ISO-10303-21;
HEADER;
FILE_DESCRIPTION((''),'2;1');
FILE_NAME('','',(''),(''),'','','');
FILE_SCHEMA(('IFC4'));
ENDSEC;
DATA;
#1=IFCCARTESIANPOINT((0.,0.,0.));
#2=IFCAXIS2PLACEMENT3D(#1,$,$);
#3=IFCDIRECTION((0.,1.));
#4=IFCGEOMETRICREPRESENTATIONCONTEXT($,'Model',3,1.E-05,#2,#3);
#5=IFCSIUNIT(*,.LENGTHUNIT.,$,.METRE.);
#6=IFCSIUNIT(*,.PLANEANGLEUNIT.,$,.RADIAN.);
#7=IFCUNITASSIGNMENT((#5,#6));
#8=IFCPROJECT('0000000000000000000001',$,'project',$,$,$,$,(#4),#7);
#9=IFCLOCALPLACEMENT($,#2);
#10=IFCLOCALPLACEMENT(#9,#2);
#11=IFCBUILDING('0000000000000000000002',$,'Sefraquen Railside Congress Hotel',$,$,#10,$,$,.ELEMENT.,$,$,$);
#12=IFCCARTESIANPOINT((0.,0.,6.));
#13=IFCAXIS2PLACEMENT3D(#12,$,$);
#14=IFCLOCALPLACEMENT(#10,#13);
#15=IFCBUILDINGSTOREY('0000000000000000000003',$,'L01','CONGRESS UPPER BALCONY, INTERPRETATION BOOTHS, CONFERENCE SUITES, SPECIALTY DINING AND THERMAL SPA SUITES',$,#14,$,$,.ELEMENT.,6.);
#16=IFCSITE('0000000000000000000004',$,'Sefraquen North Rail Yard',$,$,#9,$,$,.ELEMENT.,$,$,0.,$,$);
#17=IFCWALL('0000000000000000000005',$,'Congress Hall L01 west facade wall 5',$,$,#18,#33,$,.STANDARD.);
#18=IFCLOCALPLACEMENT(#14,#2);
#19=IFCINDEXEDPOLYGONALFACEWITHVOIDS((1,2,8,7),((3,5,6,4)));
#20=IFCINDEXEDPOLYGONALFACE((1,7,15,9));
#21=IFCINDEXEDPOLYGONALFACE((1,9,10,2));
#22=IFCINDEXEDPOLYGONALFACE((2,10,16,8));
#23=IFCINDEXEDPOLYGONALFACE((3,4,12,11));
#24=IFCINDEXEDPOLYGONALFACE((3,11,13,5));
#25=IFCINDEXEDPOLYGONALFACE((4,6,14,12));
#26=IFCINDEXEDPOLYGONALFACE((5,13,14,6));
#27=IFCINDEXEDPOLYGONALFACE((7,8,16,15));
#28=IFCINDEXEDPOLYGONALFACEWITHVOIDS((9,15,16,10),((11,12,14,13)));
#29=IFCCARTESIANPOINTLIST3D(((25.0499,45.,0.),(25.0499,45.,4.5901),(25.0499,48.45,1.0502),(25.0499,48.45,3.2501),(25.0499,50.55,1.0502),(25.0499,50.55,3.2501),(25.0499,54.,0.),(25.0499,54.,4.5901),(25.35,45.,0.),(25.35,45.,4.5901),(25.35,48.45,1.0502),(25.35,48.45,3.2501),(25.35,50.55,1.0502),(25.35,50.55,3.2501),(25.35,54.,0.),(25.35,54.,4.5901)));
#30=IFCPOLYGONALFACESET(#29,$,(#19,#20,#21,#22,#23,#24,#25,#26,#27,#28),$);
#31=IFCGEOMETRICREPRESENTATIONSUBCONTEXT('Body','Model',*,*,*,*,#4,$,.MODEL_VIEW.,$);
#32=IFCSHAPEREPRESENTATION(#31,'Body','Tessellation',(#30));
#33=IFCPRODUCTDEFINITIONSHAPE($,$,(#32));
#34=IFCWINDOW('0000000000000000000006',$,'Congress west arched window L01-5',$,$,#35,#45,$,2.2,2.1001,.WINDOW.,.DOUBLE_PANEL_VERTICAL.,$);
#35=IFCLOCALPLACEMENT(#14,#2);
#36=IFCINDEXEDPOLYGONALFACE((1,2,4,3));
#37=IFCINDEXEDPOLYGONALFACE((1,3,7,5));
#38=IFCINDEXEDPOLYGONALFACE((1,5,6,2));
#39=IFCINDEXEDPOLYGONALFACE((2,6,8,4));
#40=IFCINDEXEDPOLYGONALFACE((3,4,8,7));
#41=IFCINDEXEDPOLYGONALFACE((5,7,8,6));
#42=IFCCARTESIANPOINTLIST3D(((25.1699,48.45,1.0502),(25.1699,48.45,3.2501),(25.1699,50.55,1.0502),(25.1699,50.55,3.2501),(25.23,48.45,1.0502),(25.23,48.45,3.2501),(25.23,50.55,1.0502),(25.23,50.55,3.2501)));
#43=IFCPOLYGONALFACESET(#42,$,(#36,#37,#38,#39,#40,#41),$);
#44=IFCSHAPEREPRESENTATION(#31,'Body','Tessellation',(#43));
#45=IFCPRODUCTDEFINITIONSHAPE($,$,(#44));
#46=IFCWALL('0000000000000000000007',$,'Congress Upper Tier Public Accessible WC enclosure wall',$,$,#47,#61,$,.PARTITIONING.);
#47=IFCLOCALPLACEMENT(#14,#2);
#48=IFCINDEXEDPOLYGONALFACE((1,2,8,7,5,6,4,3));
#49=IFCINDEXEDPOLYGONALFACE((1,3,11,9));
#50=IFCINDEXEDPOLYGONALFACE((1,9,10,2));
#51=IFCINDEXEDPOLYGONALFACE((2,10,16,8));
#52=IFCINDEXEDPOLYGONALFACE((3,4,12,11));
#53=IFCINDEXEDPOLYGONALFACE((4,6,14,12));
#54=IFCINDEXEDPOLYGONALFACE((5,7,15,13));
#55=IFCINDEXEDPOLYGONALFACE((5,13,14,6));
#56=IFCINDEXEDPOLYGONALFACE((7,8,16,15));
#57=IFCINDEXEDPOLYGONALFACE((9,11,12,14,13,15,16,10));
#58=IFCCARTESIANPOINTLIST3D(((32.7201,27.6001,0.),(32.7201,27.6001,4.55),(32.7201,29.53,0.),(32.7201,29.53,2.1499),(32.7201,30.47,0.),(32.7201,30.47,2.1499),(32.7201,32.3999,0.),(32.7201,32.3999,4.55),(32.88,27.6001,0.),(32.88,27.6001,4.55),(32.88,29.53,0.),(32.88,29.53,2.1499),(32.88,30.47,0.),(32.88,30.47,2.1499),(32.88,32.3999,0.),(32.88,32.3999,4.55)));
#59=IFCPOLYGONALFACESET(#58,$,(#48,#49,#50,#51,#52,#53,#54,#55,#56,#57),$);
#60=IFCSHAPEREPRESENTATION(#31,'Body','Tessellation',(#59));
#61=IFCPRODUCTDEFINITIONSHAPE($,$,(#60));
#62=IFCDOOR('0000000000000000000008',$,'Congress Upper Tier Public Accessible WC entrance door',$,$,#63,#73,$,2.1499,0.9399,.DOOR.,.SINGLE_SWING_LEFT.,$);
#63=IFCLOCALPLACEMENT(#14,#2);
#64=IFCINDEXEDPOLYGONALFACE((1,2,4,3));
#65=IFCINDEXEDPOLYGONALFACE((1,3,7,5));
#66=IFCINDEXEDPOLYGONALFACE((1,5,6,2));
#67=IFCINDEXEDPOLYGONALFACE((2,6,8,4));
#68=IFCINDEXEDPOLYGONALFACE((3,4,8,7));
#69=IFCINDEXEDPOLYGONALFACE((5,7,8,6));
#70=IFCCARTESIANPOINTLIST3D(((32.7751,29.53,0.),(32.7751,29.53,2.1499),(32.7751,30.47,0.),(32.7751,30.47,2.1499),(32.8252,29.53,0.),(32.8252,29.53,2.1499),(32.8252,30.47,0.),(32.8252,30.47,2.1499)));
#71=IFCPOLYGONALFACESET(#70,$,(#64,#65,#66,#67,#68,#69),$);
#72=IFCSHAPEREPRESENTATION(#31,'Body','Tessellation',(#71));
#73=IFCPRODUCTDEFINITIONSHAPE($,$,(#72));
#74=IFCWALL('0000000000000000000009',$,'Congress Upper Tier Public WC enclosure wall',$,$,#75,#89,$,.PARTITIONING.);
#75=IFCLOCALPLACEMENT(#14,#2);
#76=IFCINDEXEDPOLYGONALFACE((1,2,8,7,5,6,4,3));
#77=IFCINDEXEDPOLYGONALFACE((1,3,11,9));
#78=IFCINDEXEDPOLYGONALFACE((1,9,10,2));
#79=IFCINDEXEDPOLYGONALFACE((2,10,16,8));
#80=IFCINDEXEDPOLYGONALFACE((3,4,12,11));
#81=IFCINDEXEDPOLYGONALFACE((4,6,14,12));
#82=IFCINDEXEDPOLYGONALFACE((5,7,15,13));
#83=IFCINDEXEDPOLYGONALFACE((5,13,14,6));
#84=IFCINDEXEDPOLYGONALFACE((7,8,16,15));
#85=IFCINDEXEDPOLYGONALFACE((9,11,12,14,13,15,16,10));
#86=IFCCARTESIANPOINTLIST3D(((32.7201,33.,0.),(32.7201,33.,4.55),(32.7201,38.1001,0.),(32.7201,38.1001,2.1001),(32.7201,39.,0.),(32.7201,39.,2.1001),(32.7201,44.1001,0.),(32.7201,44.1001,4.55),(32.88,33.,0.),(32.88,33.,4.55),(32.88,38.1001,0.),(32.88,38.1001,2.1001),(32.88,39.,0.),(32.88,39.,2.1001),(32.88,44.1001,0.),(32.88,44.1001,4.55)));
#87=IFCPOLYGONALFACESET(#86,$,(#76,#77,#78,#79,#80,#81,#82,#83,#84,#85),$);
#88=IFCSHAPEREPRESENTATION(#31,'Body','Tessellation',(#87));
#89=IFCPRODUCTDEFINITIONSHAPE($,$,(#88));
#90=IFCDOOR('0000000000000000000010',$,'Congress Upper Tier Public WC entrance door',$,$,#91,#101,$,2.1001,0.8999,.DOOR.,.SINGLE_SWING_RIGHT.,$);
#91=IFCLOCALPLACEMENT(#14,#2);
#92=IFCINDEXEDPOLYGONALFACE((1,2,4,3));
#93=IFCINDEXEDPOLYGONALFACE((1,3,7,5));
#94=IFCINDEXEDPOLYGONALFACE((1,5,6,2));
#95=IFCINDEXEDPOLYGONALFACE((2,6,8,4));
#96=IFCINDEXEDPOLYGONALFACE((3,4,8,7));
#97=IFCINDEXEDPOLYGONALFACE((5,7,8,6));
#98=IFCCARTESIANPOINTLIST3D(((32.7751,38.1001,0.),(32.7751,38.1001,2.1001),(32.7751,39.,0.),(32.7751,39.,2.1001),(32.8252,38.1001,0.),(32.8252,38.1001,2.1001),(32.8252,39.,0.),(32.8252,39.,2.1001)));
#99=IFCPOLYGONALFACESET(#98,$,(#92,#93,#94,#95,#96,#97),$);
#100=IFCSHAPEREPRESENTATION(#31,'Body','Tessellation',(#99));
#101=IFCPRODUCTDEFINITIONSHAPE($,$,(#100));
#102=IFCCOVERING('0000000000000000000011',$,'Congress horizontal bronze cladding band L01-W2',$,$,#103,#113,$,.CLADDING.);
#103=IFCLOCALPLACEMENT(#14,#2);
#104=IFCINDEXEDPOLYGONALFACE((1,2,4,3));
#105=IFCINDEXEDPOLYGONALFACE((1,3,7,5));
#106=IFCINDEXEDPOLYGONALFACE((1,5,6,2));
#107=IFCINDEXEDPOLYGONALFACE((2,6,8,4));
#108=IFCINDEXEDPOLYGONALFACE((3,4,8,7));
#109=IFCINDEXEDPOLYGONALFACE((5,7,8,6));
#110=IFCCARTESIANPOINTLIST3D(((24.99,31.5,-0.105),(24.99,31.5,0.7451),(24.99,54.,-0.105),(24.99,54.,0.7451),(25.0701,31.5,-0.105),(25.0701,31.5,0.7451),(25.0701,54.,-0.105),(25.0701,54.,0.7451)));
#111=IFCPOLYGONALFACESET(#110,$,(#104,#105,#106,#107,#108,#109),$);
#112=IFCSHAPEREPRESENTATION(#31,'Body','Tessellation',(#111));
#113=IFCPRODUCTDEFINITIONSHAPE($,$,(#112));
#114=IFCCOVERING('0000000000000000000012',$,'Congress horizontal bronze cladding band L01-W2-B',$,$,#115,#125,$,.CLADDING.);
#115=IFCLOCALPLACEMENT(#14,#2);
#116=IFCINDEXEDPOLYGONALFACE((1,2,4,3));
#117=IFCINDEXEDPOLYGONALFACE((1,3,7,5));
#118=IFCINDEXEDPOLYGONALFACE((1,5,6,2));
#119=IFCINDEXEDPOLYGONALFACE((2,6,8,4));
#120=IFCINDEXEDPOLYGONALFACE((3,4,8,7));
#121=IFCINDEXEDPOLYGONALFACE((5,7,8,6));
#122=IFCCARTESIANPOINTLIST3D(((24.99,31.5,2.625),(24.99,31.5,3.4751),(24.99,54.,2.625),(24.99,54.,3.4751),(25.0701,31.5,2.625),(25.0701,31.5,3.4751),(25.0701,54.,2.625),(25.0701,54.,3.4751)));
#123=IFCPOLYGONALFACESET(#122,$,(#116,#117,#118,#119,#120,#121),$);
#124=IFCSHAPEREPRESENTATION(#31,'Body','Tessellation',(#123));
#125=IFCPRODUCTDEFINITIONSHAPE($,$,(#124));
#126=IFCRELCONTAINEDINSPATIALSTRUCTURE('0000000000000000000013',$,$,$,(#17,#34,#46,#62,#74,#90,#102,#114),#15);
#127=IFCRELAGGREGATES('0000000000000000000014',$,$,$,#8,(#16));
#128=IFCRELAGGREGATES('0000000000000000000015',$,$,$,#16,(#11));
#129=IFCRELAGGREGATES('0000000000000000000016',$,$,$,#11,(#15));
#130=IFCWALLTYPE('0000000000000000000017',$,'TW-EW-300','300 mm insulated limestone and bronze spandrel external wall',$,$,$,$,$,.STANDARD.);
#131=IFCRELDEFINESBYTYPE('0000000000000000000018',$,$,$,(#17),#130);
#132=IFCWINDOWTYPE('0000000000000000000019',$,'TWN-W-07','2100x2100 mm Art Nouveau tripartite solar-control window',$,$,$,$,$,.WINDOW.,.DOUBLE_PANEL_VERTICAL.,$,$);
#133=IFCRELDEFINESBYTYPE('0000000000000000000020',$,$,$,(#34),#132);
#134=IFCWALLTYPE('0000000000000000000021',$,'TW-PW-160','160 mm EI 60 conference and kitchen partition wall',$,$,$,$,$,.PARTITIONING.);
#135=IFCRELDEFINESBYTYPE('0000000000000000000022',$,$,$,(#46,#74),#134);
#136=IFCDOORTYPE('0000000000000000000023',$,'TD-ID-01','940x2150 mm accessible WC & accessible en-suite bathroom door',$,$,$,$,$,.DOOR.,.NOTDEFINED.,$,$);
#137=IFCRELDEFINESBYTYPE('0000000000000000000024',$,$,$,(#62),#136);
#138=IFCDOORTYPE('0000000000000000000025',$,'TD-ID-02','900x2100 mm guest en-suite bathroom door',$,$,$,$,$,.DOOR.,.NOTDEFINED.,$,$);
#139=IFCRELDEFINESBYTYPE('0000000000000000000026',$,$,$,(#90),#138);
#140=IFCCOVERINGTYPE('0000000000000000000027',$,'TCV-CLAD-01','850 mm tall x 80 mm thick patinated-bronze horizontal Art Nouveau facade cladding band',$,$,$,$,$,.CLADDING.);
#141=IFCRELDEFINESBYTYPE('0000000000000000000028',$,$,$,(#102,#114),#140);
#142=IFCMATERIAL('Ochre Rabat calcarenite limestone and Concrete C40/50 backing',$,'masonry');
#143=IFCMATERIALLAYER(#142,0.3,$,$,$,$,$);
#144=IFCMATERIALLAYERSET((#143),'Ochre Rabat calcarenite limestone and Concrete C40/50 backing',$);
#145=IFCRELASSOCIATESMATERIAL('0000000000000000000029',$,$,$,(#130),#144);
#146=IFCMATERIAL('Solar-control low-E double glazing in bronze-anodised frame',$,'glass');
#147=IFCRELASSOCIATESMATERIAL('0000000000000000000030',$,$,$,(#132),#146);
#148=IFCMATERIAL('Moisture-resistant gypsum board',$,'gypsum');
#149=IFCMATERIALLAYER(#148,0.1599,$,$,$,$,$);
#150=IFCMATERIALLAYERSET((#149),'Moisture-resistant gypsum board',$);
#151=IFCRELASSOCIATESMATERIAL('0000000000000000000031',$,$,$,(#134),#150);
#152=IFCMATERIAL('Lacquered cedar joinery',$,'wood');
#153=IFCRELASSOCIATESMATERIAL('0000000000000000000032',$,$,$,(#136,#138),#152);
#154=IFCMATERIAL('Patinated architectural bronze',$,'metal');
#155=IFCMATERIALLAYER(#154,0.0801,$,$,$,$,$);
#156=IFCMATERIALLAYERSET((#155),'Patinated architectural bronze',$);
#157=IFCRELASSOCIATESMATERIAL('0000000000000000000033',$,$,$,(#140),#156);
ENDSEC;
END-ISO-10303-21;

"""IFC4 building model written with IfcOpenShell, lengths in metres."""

from ifc_helpers import new_model, si_unit, direction, frame, frame_2d, origin, origin_2d, place, context, subcontext, project, spatial, rectangle, extrude, material, layer, layer_set, type_object, element, fill, save


model = new_model("IFC4")

# Units and contexts
model_context = context("Model", 3, precision=1e-05, world=origin(), true_north=direction((0.0, 1.0)))
body_context = subcontext(model_context, "Body", "Model", "MODEL_VIEW")
ifc_project = project(units=[si_unit("LENGTHUNIT", "METRE"), si_unit("PLANEANGLEUNIT", "RADIAN")], contexts=[model_context])

# Site, building, storey
site_placement = place(None, origin())
site = spatial("IfcSite", under=ifc_project, at=site_placement, Name="Sefraquen North Rail Yard", CompositionType="ELEMENT", RefElevation=0.0)
building_placement = place(site_placement, origin())
building = spatial("IfcBuilding", under=site, at=building_placement, Name="Sefraquen Railside Congress Hotel", CompositionType="ELEMENT")
storey_placement = place(building_placement, frame((0.0, 0.0, 6.0)))
storey = spatial("IfcBuildingStorey", under=building, at=storey_placement, Name="L01", Description="CONGRESS UPPER BALCONY, INTERPRETATION BOOTHS, CONFERENCE SUITES, SPECIALTY DINING AND THERMAL SPA SUITES", CompositionType="ELEMENT", Elevation=6.0)

# Wall, opening, window
ifc_material_1 = material(Name="Ochre Rabat calcarenite limestone and Concrete C40/50 backing", Category="masonry")
ifc_layer_1 = layer(ifc_material_1, 0.3)
ifc_layer_set_1 = layer_set([ifc_layer_1], Name="Ochre Rabat calcarenite limestone and Concrete C40/50 backing")
wall_type_1 = type_object("IfcWallType", Name="TW-EW-300", Description="300 mm insulated limestone and bronze spandrel external wall", PredefinedType="STANDARD", material=ifc_layer_set_1)
ifc_material_2 = material(Name="Solar-control low-E double glazing in bronze-anodised frame", Category="glass")
window_type = type_object("IfcWindowType", Name="TWN-W-07", Description="2100x2100 mm Art Nouveau tripartite solar-control window", PartitioningType="DOUBLE_PANEL_VERTICAL", PredefinedType="WINDOW", material=ifc_material_2)
wall_1_placement = place(storey_placement, frame((25.2, 45.0, 0.0), z_axis=(0.0, 0.0, 1.0), x_axis=(0.0, 1.0, 0.0)))
wall_1 = element("IfcWall", 1, at=wall_1_placement, inside=storey, type_object=wall_type_1, Name="Congress Hall L01 west facade wall 5", PredefinedType="STANDARD", context=body_context, shape_type="SweptSolid", body=[
    extrude(rectangle(XDim=9.0, YDim=0.3, at=frame_2d((4.5, 0.0))), origin(), (0.0, 0.0, 1.0), 4.5901),
])
opening_1_placement = place(wall_1_placement, frame((3.45, 0.0, 1.05)))
opening_1 = element("IfcOpeningElement", 2, at=opening_1_placement, cuts=wall_1, PredefinedType="OPENING", context=body_context, shape_type="SweptSolid", body=[
    extrude(rectangle(XDim=2.1001, YDim=2.2, at=frame_2d((1.05, 1.1001))), frame((0.0, 0.1599, 0.0), z_axis=(0.0, -1.0, 0.0), x_axis=(1.0, 0.0, 0.0)), (0.0, 0.0, 1.0), 0.3201),
])
window_1_placement = place(opening_1_placement, origin())
window_1 = element("IfcWindow", 3, at=window_1_placement, inside=storey, type_object=window_type, Name="Congress west arched window L01-5", OverallHeight=2.2, OverallWidth=2.1001, PartitioningType="DOUBLE_PANEL_VERTICAL", PredefinedType="WINDOW", context=body_context, shape_type="SweptSolid", body=[
    extrude(rectangle(XDim=2.1001, YDim=2.2, at=frame_2d((1.05, 1.1001))), frame((0.0, 0.03, 0.0), z_axis=(0.0, -1.0, 0.0), x_axis=(1.0, 0.0, 0.0)), (0.0, 0.0, 1.0), 0.0601),
])
fill(opening_1, window_1)

# Walls, openings, doors
ifc_material_3 = material(Name="Moisture-resistant gypsum board", Category="gypsum")
ifc_layer_2 = layer(ifc_material_3, 0.1599)
ifc_layer_set_2 = layer_set([ifc_layer_2], Name="Moisture-resistant gypsum board")
wall_type_2 = type_object("IfcWallType", Name="TW-PW-160", Description="160 mm EI 60 conference and kitchen partition wall", PredefinedType="PARTITIONING", material=ifc_layer_set_2)
wall_2_placement = place(storey_placement, frame((32.8, 27.6001, 0.0), z_axis=(0.0, 0.0, 1.0), x_axis=(0.0, 1.0, 0.0)))
wall_2 = element("IfcWall", 4, at=wall_2_placement, inside=storey, type_object=wall_type_2, Name="Congress Upper Tier Public Accessible WC enclosure wall", PredefinedType="PARTITIONING", context=body_context, shape_type="SweptSolid", body=[
    extrude(rectangle(XDim=4.7998, YDim=0.1599, at=frame_2d((2.3999, 0.0))), origin(), (0.0, 0.0, 1.0), 4.55),
])
opening_2_placement = place(wall_2_placement, frame((1.9299, 0.0, 0.0)))
opening_2 = element("IfcOpeningElement", 5, at=opening_2_placement, cuts=wall_2, PredefinedType="OPENING", context=body_context, shape_type="SweptSolid", body=[
    extrude(rectangle(XDim=0.9399, YDim=2.1499, at=frame_2d((0.47, 1.075))), frame((0.0, 0.0898, 0.0), z_axis=(0.0, -1.0, 0.0), x_axis=(1.0, 0.0, 0.0)), (0.0, 0.0, 1.0), 0.1799),
])
ifc_material_4 = material(Name="Lacquered cedar joinery", Category="wood")
door_type_1 = type_object("IfcDoorType", Name="TD-ID-01", Description="940x2150 mm accessible WC & accessible en-suite bathroom door", OperationType="NOTDEFINED", PredefinedType="DOOR", material=ifc_material_4)
door_1_placement = place(opening_2_placement, origin())
door_1 = element("IfcDoor", 6, at=door_1_placement, inside=storey, type_object=door_type_1, Name="Congress Upper Tier Public Accessible WC entrance door", OperationType="SINGLE_SWING_LEFT", OverallHeight=2.1499, OverallWidth=0.9399, PredefinedType="DOOR", context=body_context, shape_type="SweptSolid", body=[
    extrude(rectangle(XDim=0.9399, YDim=2.1499, at=frame_2d((0.47, 1.075))), frame((0.0, 0.0249, 0.0), z_axis=(0.0, -1.0, 0.0), x_axis=(1.0, 0.0, 0.0)), (0.0, 0.0, 1.0), 0.05),
])
fill(opening_2, door_1)
wall_3_placement = place(storey_placement, frame((32.8, 33.0, 0.0), z_axis=(0.0, 0.0, 1.0), x_axis=(0.0, 1.0, 0.0)))
wall_3 = element("IfcWall", 7, at=wall_3_placement, inside=storey, type_object=wall_type_2, Name="Congress Upper Tier Public WC enclosure wall", PredefinedType="PARTITIONING", context=body_context, shape_type="SweptSolid", body=[
    extrude(rectangle(XDim=11.1001, YDim=0.1599, at=frame_2d((5.55, 0.0))), origin(), (0.0, 0.0, 1.0), 4.55),
])
opening_3_placement = place(wall_3_placement, frame((5.1001, 0.0, 0.0)))
opening_3 = element("IfcOpeningElement", 8, at=opening_3_placement, cuts=wall_3, PredefinedType="OPENING", context=body_context, shape_type="SweptSolid", body=[
    extrude(rectangle(XDim=0.8999, YDim=2.1001, at=frame_2d((0.45, 1.05))), frame((0.0, 0.0898, 0.0), z_axis=(0.0, -1.0, 0.0), x_axis=(1.0, 0.0, 0.0)), (0.0, 0.0, 1.0), 0.1799),
])
door_type_2 = type_object("IfcDoorType", Name="TD-ID-02", Description="900x2100 mm guest en-suite bathroom door", OperationType="NOTDEFINED", PredefinedType="DOOR", material=ifc_material_4)
door_2_placement = place(opening_3_placement, origin())
door_2 = element("IfcDoor", 9, at=door_2_placement, inside=storey, type_object=door_type_2, Name="Congress Upper Tier Public WC entrance door", OperationType="SINGLE_SWING_RIGHT", OverallHeight=2.1001, OverallWidth=0.8999, PredefinedType="DOOR", context=body_context, shape_type="SweptSolid", body=[
    extrude(rectangle(XDim=0.8999, YDim=2.1001, at=frame_2d((0.45, 1.05))), frame((0.0, 0.0249, 0.0), z_axis=(0.0, -1.0, 0.0), x_axis=(1.0, 0.0, 0.0)), (0.0, 0.0, 1.0), 0.05),
])
fill(opening_3, door_2)

# Coverings
ifc_material_5 = material(Name="Patinated architectural bronze", Category="metal")
ifc_layer_3 = layer(ifc_material_5, 0.0801)
ifc_layer_set_3 = layer_set([ifc_layer_3], Name="Patinated architectural bronze")
covering_type = type_object("IfcCoveringType", Name="TCV-CLAD-01", Description="850 mm tall x 80 mm thick patinated-bronze horizontal Art Nouveau facade cladding band", PredefinedType="CLADDING", material=ifc_layer_set_3)
for number, where, z_axis, x_axis, name in (
    (10, (25.03, 42.75, -0.105), (0.0, 0.0, 1.0), (1.0, 0.0, 0.0), "Congress horizontal bronze cladding band L01-W2"),
    (11, (25.03, 42.75, 2.625), (0.0, 0.0, 1.0), (1.0, 0.0, 0.0), "Congress horizontal bronze cladding band L01-W2-B"),
):
    element("IfcCovering", number, at=place(storey_placement, frame(where, z_axis=z_axis, x_axis=x_axis)), inside=storey, type_object=covering_type, Name=name, PredefinedType="CLADDING", context=body_context, shape_type="SweptSolid", body=[
        extrude(rectangle(XDim=0.0801, YDim=22.5, at=origin_2d()), origin(), (0.0, 0.0, 1.0), 0.8501),
    ])

save(model, "model.ifc")
